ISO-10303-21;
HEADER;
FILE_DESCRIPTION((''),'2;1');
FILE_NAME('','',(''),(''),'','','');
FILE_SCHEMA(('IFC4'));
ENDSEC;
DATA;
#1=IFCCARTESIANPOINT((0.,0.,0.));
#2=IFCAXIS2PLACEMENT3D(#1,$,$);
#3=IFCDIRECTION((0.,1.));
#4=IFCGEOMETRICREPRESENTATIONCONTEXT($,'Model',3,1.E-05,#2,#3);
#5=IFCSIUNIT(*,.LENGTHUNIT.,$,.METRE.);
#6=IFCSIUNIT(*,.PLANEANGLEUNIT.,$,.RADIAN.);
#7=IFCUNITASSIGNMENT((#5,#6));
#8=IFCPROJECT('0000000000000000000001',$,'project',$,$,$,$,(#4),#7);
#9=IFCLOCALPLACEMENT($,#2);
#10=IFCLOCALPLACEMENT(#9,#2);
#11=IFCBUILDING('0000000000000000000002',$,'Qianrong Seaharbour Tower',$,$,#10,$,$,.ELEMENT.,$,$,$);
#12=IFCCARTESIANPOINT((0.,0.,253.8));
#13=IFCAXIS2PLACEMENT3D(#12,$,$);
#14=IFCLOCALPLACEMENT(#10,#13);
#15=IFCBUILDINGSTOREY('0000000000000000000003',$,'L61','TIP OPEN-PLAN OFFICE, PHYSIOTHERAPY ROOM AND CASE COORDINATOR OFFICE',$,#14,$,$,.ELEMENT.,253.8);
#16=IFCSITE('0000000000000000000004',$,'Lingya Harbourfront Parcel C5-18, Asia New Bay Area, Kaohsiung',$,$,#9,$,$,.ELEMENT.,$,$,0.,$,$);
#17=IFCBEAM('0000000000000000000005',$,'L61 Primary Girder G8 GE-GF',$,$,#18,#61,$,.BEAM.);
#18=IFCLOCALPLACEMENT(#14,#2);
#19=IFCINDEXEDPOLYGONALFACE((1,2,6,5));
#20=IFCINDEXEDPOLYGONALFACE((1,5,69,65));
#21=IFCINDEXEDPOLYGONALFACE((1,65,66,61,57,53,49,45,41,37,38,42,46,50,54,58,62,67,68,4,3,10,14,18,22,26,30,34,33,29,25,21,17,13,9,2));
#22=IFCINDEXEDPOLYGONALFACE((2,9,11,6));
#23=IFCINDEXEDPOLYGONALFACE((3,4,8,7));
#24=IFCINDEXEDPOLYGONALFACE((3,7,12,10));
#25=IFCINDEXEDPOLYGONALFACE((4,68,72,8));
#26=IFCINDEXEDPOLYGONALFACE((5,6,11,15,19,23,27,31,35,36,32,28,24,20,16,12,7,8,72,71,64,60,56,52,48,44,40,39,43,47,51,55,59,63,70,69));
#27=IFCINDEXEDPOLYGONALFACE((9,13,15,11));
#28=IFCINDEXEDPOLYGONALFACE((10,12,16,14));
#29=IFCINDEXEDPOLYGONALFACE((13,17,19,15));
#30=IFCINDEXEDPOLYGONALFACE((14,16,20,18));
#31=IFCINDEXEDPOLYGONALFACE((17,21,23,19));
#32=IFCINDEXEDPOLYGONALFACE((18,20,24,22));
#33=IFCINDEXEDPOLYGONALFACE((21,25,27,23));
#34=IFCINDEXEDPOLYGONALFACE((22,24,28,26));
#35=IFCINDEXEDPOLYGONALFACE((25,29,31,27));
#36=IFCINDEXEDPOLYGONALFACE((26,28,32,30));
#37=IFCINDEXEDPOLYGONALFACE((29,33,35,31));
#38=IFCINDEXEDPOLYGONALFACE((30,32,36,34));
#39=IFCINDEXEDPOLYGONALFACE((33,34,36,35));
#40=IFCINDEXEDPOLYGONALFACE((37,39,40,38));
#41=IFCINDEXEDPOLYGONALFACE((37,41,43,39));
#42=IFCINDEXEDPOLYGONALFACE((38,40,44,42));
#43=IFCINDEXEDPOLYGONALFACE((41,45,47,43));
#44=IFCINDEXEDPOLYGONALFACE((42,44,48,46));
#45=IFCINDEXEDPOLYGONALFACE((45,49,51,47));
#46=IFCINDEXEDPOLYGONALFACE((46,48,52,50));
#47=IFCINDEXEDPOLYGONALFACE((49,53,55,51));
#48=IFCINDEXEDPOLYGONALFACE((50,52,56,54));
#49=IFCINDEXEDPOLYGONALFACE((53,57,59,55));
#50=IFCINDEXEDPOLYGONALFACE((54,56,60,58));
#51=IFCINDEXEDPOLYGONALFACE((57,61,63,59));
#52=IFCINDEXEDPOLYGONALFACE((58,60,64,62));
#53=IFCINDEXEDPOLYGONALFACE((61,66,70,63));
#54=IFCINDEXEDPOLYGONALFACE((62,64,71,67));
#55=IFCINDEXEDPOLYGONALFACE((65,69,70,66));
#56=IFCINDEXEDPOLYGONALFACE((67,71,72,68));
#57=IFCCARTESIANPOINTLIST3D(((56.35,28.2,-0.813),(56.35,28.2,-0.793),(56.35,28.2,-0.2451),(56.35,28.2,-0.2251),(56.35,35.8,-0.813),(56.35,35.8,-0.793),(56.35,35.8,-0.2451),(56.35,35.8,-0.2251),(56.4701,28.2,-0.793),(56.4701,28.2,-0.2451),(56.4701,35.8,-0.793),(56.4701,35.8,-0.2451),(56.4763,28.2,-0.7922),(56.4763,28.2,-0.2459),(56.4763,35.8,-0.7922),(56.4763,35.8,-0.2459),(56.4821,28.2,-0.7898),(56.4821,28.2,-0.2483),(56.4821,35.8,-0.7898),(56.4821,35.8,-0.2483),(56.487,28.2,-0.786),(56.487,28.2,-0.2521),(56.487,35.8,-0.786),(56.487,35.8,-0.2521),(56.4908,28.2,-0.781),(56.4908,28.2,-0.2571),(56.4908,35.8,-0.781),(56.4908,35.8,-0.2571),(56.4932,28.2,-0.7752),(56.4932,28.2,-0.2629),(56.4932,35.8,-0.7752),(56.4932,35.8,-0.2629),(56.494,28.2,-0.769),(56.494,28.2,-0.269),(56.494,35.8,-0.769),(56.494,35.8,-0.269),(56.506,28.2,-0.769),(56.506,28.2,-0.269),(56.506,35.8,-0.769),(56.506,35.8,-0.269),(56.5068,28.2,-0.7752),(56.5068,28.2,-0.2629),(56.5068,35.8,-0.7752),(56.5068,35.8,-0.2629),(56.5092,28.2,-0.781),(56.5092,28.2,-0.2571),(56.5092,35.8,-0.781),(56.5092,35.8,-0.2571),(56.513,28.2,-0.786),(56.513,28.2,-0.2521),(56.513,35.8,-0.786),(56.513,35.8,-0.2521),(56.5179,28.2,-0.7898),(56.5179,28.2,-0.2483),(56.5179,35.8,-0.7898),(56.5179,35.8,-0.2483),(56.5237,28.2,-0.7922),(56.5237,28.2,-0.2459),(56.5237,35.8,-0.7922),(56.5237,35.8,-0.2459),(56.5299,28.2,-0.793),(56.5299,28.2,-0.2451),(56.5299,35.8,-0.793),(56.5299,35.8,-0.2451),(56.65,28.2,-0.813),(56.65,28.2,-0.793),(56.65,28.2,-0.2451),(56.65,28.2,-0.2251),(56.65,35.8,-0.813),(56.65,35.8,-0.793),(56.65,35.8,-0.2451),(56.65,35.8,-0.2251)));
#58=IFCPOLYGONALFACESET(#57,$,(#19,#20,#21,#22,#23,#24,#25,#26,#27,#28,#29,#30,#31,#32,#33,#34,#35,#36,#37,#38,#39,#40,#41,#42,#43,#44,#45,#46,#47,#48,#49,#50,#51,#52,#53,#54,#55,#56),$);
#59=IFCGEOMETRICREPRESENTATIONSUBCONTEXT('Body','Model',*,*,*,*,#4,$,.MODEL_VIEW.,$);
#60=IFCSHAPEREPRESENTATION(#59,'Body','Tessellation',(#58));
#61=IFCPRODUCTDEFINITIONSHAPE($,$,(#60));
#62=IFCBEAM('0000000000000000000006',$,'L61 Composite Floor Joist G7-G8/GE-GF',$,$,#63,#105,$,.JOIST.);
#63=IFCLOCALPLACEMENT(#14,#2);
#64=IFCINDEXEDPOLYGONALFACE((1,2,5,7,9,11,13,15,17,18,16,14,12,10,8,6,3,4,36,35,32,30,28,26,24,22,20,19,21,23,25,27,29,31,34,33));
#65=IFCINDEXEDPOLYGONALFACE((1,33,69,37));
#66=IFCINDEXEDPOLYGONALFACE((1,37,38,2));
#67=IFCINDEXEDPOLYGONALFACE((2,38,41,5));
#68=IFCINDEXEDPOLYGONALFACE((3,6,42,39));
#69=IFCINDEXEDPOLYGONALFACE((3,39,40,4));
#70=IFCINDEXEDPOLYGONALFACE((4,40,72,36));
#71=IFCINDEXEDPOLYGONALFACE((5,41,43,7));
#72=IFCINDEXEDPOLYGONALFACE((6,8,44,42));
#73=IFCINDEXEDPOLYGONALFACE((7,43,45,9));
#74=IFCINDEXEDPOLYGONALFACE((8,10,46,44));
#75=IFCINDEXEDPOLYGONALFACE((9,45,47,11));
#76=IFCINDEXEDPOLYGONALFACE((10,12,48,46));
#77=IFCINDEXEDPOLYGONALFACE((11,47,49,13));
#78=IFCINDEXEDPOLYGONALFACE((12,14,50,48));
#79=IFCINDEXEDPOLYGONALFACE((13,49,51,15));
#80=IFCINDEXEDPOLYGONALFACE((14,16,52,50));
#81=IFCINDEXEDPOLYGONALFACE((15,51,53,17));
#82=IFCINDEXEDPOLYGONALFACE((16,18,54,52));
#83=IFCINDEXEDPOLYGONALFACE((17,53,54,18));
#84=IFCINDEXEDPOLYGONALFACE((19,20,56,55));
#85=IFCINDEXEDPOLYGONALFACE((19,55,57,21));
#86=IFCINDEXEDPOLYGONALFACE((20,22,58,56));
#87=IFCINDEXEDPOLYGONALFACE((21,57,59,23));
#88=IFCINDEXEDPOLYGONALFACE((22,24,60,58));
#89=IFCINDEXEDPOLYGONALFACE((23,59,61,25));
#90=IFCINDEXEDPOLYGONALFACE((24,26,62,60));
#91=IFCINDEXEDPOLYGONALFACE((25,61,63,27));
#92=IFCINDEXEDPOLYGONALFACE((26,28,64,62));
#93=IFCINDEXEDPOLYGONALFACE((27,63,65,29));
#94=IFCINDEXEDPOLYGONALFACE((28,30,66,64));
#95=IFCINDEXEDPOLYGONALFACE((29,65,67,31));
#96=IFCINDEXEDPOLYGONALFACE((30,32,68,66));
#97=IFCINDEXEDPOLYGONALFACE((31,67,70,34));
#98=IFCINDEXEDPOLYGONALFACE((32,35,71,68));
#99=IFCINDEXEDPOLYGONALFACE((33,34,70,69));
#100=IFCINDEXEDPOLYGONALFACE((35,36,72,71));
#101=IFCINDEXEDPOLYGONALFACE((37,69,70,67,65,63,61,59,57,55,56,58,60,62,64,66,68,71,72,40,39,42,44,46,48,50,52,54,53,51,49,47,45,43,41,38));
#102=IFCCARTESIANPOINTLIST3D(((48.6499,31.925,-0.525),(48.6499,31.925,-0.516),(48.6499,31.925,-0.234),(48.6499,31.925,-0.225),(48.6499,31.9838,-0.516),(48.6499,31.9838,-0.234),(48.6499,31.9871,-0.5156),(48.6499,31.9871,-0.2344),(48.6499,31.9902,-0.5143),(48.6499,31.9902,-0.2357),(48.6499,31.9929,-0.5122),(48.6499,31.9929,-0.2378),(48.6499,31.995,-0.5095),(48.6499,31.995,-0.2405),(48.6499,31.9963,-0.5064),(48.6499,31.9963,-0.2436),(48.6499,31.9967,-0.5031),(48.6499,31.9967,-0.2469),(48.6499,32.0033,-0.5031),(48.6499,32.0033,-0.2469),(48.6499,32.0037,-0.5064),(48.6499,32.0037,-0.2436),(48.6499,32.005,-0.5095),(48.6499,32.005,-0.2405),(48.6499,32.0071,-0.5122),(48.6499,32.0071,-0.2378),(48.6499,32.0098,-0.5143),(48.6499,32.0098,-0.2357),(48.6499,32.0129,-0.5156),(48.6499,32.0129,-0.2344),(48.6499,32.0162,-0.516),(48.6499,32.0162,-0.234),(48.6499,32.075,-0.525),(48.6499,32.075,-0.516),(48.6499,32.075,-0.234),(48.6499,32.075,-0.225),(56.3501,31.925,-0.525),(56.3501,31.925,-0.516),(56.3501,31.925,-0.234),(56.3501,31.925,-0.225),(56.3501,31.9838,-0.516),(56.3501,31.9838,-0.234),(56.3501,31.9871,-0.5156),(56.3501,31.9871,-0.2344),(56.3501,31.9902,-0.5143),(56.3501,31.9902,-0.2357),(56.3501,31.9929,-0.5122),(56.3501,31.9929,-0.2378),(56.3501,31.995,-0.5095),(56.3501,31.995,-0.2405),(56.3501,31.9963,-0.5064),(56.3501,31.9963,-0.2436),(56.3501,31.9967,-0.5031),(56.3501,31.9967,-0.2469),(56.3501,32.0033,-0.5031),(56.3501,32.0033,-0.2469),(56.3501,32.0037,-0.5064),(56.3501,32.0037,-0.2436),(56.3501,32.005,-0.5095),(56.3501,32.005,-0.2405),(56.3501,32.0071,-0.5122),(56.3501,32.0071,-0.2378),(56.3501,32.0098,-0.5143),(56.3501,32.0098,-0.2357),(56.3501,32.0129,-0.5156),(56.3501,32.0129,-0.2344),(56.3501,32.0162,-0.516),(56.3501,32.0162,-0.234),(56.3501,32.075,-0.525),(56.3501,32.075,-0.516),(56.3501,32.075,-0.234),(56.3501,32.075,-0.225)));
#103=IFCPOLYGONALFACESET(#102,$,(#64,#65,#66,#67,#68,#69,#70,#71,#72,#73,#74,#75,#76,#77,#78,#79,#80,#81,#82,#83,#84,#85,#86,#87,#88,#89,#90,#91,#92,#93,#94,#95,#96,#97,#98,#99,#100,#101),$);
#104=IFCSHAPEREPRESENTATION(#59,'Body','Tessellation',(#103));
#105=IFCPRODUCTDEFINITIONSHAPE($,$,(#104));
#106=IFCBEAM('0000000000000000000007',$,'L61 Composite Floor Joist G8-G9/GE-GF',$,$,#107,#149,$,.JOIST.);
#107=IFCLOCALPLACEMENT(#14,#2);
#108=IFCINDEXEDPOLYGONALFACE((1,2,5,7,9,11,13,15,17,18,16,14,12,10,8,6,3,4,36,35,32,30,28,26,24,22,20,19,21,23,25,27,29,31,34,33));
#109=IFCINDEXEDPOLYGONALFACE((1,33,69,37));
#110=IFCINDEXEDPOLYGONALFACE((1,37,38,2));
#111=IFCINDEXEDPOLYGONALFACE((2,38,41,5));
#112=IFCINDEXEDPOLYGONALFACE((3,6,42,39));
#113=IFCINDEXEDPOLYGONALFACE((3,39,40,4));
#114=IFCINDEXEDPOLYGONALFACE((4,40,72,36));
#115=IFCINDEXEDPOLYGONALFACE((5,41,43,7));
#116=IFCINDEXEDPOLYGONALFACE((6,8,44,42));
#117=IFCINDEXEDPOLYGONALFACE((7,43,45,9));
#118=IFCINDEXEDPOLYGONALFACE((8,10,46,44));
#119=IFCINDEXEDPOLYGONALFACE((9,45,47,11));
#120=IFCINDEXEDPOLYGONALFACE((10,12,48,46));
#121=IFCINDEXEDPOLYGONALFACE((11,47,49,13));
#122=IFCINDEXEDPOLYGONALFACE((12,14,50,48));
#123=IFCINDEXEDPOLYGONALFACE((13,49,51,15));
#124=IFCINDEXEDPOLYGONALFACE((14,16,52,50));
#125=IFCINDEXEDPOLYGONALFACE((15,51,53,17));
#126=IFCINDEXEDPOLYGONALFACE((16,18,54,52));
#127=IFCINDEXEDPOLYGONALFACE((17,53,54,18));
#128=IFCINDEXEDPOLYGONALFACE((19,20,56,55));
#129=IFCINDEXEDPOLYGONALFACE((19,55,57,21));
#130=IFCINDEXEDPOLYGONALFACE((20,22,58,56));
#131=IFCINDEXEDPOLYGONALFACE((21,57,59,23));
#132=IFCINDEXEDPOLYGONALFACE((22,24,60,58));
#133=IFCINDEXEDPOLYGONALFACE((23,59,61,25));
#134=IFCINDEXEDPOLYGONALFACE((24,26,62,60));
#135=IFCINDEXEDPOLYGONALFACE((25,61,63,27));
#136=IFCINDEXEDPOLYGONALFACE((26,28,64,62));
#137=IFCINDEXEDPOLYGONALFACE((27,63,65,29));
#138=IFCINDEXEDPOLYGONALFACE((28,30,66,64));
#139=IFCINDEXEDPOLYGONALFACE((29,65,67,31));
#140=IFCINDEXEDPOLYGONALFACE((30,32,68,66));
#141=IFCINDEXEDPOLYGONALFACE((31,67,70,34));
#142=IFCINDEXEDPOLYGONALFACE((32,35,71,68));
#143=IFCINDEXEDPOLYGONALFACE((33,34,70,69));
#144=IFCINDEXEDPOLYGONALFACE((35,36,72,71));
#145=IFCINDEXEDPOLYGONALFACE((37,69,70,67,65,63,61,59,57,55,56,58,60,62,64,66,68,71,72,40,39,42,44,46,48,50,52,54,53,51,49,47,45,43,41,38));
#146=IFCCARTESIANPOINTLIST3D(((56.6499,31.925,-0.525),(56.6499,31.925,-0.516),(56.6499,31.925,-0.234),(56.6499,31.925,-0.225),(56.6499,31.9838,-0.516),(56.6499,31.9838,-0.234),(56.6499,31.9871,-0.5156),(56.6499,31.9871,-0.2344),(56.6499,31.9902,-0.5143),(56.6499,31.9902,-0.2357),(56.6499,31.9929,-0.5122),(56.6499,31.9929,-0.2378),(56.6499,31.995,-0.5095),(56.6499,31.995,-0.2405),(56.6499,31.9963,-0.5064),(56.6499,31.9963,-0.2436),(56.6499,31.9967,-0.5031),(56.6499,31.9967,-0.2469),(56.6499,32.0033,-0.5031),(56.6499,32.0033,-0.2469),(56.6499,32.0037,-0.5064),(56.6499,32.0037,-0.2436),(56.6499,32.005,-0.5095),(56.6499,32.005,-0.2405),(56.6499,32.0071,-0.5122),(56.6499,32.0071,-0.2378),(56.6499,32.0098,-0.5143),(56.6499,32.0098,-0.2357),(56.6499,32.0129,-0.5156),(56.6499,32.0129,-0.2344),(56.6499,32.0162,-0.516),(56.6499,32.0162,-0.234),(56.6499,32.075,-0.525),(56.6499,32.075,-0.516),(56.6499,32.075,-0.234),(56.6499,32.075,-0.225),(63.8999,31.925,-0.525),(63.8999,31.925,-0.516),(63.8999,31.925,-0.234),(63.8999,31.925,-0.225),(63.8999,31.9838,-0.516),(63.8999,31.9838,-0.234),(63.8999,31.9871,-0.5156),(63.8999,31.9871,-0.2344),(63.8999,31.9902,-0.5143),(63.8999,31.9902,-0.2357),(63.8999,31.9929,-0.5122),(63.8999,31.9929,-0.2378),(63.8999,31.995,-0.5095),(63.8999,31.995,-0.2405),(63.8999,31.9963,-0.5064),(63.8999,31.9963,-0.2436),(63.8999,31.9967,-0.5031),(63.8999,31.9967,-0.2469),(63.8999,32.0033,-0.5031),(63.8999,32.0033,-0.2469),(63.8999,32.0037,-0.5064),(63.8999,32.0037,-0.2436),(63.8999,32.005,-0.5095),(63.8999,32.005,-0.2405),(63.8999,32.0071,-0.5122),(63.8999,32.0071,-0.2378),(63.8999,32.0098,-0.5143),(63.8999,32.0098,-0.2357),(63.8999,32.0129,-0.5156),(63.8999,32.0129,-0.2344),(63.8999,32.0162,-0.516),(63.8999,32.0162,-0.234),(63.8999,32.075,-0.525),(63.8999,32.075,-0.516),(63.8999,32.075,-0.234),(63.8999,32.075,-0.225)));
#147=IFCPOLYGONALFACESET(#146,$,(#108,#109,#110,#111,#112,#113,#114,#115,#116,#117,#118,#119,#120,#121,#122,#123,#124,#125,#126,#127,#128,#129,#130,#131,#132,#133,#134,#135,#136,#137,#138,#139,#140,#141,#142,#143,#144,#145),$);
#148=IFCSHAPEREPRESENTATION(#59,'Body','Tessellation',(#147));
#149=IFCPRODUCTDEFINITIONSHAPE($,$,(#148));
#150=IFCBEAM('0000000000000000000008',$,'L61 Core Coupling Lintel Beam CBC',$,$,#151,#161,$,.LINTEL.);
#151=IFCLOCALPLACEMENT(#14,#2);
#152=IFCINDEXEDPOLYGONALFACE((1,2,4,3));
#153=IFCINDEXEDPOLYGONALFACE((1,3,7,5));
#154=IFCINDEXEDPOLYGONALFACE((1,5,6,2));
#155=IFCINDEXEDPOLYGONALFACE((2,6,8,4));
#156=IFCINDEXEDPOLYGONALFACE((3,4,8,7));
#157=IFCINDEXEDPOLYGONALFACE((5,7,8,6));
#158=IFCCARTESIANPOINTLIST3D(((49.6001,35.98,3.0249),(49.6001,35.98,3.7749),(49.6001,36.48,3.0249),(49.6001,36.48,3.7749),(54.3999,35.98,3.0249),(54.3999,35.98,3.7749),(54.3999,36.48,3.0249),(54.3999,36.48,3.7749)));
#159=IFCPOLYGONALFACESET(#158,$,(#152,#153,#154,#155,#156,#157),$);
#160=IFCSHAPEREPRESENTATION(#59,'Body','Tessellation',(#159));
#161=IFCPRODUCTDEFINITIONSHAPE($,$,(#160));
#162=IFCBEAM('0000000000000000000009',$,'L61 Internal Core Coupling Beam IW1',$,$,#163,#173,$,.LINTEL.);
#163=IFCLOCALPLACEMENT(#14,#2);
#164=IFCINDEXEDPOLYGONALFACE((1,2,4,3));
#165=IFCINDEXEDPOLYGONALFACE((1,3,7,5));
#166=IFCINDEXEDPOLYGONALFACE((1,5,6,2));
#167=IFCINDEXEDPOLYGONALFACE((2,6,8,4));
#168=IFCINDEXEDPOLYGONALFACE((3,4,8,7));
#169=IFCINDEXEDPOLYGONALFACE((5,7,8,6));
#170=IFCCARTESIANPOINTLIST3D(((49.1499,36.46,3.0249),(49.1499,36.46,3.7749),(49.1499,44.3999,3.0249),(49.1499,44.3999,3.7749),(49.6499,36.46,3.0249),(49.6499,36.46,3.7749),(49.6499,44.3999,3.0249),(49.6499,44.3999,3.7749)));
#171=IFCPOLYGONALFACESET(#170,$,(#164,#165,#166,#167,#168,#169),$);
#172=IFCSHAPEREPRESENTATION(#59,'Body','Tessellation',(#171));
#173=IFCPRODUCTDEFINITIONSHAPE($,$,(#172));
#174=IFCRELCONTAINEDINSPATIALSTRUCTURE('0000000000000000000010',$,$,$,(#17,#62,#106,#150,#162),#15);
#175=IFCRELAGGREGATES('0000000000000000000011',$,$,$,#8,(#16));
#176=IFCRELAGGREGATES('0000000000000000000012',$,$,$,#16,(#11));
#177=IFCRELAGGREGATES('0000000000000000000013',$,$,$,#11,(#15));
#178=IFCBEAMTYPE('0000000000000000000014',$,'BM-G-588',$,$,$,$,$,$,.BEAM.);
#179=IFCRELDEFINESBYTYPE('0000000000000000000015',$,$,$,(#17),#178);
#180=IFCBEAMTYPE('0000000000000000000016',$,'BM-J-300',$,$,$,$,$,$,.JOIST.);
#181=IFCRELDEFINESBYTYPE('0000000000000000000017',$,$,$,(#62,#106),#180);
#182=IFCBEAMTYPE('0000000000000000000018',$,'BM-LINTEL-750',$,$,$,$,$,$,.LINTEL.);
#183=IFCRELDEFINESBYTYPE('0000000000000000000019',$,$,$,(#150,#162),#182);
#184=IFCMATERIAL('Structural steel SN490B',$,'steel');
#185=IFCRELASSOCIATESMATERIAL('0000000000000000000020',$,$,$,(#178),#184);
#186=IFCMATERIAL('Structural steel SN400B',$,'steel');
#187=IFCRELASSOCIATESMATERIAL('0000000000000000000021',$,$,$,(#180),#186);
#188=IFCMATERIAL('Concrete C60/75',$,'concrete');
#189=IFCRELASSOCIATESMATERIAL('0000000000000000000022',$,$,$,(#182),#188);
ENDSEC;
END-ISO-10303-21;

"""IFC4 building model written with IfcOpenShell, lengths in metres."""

from ifc_helpers import new_model, si_unit, direction, frame, origin, origin_2d, place, context, subcontext, project, spatial, rectangle, i_section, extrude, material, material_profile, profile_set, type_object, element, save


model = new_model("IFC4")

# Units and contexts
model_context = context("Model", 3, precision=1e-05, world=origin(), true_north=direction((0.0, 1.0)))
body_context = subcontext(model_context, "Body", "Model", "MODEL_VIEW")
ifc_project = project(units=[si_unit("LENGTHUNIT", "METRE"), si_unit("PLANEANGLEUNIT", "RADIAN")], contexts=[model_context])

# Site, building, storey
site_placement = place(None, origin())
site = spatial("IfcSite", under=ifc_project, at=site_placement, Name="Lingya Harbourfront Parcel C5-18, Asia New Bay Area, Kaohsiung", CompositionType="ELEMENT", RefElevation=0.0)
building_placement = place(site_placement, origin())
building = spatial("IfcBuilding", under=site, at=building_placement, Name="Qianrong Seaharbour Tower", CompositionType="ELEMENT")
storey_placement = place(building_placement, frame((0.0, 0.0, 253.8)))
storey = spatial("IfcBuildingStorey", under=building, at=storey_placement, Name="L61", Description="TIP OPEN-PLAN OFFICE, PHYSIOTHERAPY ROOM AND CASE COORDINATOR OFFICE", CompositionType="ELEMENT", Elevation=253.8)

# Shared definitions
ifc_material_1 = material(Name="Structural steel SN490B", Category="steel")

# Beams
ifc_material_profile_1 = material_profile(ifc_material_1, i_section(OverallWidth=0.3, OverallDepth=0.5879, WebThickness=0.012, FlangeThickness=0.02, FilletRadius=0.0239, at=origin_2d()), Name="H588x300x12x20")
ifc_profile_set_1 = profile_set([ifc_material_profile_1], Name="Structural steel SN490B")
beam_type_1 = type_object("IfcBeamType", Name="BM-G-588", PredefinedType="BEAM", material=ifc_profile_set_1)
for number, where, z_axis, x_axis, name in (
    (1, (56.5, 28.2, -0.519), (0.0, 1.0, 0.0), (-1.0, 0.0, 0.0), "L61 Primary Girder G8 GE-GF"),
):
    element("IfcBeam", number, at=place(storey_placement, frame(where, z_axis=z_axis, x_axis=x_axis)), inside=storey, type_object=beam_type_1, Name=name, PredefinedType="BEAM", context=body_context, shape_type="SweptSolid", body=[
        extrude(i_section(OverallWidth=0.3, OverallDepth=0.5879, WebThickness=0.012, FlangeThickness=0.02, FilletRadius=0.0239, at=origin_2d()), origin(), (0.0, 0.0, 1.0), 7.6001),
    ])
ifc_material_2 = material(Name="Structural steel SN400B", Category="steel")
ifc_material_profile_2 = material_profile(ifc_material_2, i_section(OverallWidth=0.1499, OverallDepth=0.3, WebThickness=0.0066, FlangeThickness=0.009, FilletRadius=0.0129, at=origin_2d()), Name="H300x150x6.5x9")
ifc_profile_set_2 = profile_set([ifc_material_profile_2], Name="Structural steel SN400B")
beam_type_2 = type_object("IfcBeamType", Name="BM-J-300", PredefinedType="JOIST", material=ifc_profile_set_2)
beam_1_placement = place(storey_placement, frame((48.6499, 32.0, -0.375), z_axis=(1.0, 0.0, 0.0), x_axis=(0.0, 1.0, 0.0)))
element("IfcBeam", 2, at=beam_1_placement, inside=storey, type_object=beam_type_2, Name="L61 Composite Floor Joist G7-G8/GE-GF", PredefinedType="JOIST", context=body_context, shape_type="SweptSolid", body=[
    extrude(i_section(OverallWidth=0.1499, OverallDepth=0.3, WebThickness=0.0066, FlangeThickness=0.009, FilletRadius=0.0129, at=origin_2d()), origin(), (0.0, 0.0, 1.0), 7.7002),
])
beam_2_placement = place(storey_placement, frame((56.6499, 32.0, -0.375), z_axis=(1.0, 0.0, 0.0), x_axis=(0.0, 1.0, 0.0)))
element("IfcBeam", 3, at=beam_2_placement, inside=storey, type_object=beam_type_2, Name="L61 Composite Floor Joist G8-G9/GE-GF", PredefinedType="JOIST", context=body_context, shape_type="SweptSolid", body=[
    extrude(i_section(OverallWidth=0.1499, OverallDepth=0.3, WebThickness=0.0066, FlangeThickness=0.009, FilletRadius=0.0129, at=origin_2d()), origin(), (0.0, 0.0, 1.0), 7.25),
])
ifc_material_3 = material(Name="Concrete C60/75", Category="concrete")
ifc_material_profile_3 = material_profile(ifc_material_3, rectangle(XDim=0.5, YDim=0.75, at=origin_2d()), Name="RC500x750")
ifc_profile_set_3 = profile_set([ifc_material_profile_3], Name="Concrete C60/75")
beam_type_3 = type_object("IfcBeamType", Name="BM-LINTEL-750", PredefinedType="LINTEL", material=ifc_profile_set_3)
beam_3_placement = place(storey_placement, frame((49.6001, 36.23, 3.3999), z_axis=(1.0, 0.0, 0.0), x_axis=(0.0, 1.0, 0.0)))
element("IfcBeam", 4, at=beam_3_placement, inside=storey, type_object=beam_type_3, Name="L61 Core Coupling Lintel Beam CBC", PredefinedType="LINTEL", context=body_context, shape_type="SweptSolid", body=[
    extrude(rectangle(XDim=0.5, YDim=0.75, at=origin_2d()), origin(), (0.0, 0.0, 1.0), 4.7998),
])
beam_4_placement = place(storey_placement, frame((49.3999, 36.46, 3.3999), z_axis=(0.0, 1.0, 0.0), x_axis=(-1.0, 0.0, 0.0)))
element("IfcBeam", 5, at=beam_4_placement, inside=storey, type_object=beam_type_3, Name="L61 Internal Core Coupling Beam IW1", PredefinedType="LINTEL", context=body_context, shape_type="SweptSolid", body=[
    extrude(rectangle(XDim=0.5, YDim=0.75, at=origin_2d()), origin(), (0.0, 0.0, 1.0), 7.9399),
])

save(model, "model.ifc")
